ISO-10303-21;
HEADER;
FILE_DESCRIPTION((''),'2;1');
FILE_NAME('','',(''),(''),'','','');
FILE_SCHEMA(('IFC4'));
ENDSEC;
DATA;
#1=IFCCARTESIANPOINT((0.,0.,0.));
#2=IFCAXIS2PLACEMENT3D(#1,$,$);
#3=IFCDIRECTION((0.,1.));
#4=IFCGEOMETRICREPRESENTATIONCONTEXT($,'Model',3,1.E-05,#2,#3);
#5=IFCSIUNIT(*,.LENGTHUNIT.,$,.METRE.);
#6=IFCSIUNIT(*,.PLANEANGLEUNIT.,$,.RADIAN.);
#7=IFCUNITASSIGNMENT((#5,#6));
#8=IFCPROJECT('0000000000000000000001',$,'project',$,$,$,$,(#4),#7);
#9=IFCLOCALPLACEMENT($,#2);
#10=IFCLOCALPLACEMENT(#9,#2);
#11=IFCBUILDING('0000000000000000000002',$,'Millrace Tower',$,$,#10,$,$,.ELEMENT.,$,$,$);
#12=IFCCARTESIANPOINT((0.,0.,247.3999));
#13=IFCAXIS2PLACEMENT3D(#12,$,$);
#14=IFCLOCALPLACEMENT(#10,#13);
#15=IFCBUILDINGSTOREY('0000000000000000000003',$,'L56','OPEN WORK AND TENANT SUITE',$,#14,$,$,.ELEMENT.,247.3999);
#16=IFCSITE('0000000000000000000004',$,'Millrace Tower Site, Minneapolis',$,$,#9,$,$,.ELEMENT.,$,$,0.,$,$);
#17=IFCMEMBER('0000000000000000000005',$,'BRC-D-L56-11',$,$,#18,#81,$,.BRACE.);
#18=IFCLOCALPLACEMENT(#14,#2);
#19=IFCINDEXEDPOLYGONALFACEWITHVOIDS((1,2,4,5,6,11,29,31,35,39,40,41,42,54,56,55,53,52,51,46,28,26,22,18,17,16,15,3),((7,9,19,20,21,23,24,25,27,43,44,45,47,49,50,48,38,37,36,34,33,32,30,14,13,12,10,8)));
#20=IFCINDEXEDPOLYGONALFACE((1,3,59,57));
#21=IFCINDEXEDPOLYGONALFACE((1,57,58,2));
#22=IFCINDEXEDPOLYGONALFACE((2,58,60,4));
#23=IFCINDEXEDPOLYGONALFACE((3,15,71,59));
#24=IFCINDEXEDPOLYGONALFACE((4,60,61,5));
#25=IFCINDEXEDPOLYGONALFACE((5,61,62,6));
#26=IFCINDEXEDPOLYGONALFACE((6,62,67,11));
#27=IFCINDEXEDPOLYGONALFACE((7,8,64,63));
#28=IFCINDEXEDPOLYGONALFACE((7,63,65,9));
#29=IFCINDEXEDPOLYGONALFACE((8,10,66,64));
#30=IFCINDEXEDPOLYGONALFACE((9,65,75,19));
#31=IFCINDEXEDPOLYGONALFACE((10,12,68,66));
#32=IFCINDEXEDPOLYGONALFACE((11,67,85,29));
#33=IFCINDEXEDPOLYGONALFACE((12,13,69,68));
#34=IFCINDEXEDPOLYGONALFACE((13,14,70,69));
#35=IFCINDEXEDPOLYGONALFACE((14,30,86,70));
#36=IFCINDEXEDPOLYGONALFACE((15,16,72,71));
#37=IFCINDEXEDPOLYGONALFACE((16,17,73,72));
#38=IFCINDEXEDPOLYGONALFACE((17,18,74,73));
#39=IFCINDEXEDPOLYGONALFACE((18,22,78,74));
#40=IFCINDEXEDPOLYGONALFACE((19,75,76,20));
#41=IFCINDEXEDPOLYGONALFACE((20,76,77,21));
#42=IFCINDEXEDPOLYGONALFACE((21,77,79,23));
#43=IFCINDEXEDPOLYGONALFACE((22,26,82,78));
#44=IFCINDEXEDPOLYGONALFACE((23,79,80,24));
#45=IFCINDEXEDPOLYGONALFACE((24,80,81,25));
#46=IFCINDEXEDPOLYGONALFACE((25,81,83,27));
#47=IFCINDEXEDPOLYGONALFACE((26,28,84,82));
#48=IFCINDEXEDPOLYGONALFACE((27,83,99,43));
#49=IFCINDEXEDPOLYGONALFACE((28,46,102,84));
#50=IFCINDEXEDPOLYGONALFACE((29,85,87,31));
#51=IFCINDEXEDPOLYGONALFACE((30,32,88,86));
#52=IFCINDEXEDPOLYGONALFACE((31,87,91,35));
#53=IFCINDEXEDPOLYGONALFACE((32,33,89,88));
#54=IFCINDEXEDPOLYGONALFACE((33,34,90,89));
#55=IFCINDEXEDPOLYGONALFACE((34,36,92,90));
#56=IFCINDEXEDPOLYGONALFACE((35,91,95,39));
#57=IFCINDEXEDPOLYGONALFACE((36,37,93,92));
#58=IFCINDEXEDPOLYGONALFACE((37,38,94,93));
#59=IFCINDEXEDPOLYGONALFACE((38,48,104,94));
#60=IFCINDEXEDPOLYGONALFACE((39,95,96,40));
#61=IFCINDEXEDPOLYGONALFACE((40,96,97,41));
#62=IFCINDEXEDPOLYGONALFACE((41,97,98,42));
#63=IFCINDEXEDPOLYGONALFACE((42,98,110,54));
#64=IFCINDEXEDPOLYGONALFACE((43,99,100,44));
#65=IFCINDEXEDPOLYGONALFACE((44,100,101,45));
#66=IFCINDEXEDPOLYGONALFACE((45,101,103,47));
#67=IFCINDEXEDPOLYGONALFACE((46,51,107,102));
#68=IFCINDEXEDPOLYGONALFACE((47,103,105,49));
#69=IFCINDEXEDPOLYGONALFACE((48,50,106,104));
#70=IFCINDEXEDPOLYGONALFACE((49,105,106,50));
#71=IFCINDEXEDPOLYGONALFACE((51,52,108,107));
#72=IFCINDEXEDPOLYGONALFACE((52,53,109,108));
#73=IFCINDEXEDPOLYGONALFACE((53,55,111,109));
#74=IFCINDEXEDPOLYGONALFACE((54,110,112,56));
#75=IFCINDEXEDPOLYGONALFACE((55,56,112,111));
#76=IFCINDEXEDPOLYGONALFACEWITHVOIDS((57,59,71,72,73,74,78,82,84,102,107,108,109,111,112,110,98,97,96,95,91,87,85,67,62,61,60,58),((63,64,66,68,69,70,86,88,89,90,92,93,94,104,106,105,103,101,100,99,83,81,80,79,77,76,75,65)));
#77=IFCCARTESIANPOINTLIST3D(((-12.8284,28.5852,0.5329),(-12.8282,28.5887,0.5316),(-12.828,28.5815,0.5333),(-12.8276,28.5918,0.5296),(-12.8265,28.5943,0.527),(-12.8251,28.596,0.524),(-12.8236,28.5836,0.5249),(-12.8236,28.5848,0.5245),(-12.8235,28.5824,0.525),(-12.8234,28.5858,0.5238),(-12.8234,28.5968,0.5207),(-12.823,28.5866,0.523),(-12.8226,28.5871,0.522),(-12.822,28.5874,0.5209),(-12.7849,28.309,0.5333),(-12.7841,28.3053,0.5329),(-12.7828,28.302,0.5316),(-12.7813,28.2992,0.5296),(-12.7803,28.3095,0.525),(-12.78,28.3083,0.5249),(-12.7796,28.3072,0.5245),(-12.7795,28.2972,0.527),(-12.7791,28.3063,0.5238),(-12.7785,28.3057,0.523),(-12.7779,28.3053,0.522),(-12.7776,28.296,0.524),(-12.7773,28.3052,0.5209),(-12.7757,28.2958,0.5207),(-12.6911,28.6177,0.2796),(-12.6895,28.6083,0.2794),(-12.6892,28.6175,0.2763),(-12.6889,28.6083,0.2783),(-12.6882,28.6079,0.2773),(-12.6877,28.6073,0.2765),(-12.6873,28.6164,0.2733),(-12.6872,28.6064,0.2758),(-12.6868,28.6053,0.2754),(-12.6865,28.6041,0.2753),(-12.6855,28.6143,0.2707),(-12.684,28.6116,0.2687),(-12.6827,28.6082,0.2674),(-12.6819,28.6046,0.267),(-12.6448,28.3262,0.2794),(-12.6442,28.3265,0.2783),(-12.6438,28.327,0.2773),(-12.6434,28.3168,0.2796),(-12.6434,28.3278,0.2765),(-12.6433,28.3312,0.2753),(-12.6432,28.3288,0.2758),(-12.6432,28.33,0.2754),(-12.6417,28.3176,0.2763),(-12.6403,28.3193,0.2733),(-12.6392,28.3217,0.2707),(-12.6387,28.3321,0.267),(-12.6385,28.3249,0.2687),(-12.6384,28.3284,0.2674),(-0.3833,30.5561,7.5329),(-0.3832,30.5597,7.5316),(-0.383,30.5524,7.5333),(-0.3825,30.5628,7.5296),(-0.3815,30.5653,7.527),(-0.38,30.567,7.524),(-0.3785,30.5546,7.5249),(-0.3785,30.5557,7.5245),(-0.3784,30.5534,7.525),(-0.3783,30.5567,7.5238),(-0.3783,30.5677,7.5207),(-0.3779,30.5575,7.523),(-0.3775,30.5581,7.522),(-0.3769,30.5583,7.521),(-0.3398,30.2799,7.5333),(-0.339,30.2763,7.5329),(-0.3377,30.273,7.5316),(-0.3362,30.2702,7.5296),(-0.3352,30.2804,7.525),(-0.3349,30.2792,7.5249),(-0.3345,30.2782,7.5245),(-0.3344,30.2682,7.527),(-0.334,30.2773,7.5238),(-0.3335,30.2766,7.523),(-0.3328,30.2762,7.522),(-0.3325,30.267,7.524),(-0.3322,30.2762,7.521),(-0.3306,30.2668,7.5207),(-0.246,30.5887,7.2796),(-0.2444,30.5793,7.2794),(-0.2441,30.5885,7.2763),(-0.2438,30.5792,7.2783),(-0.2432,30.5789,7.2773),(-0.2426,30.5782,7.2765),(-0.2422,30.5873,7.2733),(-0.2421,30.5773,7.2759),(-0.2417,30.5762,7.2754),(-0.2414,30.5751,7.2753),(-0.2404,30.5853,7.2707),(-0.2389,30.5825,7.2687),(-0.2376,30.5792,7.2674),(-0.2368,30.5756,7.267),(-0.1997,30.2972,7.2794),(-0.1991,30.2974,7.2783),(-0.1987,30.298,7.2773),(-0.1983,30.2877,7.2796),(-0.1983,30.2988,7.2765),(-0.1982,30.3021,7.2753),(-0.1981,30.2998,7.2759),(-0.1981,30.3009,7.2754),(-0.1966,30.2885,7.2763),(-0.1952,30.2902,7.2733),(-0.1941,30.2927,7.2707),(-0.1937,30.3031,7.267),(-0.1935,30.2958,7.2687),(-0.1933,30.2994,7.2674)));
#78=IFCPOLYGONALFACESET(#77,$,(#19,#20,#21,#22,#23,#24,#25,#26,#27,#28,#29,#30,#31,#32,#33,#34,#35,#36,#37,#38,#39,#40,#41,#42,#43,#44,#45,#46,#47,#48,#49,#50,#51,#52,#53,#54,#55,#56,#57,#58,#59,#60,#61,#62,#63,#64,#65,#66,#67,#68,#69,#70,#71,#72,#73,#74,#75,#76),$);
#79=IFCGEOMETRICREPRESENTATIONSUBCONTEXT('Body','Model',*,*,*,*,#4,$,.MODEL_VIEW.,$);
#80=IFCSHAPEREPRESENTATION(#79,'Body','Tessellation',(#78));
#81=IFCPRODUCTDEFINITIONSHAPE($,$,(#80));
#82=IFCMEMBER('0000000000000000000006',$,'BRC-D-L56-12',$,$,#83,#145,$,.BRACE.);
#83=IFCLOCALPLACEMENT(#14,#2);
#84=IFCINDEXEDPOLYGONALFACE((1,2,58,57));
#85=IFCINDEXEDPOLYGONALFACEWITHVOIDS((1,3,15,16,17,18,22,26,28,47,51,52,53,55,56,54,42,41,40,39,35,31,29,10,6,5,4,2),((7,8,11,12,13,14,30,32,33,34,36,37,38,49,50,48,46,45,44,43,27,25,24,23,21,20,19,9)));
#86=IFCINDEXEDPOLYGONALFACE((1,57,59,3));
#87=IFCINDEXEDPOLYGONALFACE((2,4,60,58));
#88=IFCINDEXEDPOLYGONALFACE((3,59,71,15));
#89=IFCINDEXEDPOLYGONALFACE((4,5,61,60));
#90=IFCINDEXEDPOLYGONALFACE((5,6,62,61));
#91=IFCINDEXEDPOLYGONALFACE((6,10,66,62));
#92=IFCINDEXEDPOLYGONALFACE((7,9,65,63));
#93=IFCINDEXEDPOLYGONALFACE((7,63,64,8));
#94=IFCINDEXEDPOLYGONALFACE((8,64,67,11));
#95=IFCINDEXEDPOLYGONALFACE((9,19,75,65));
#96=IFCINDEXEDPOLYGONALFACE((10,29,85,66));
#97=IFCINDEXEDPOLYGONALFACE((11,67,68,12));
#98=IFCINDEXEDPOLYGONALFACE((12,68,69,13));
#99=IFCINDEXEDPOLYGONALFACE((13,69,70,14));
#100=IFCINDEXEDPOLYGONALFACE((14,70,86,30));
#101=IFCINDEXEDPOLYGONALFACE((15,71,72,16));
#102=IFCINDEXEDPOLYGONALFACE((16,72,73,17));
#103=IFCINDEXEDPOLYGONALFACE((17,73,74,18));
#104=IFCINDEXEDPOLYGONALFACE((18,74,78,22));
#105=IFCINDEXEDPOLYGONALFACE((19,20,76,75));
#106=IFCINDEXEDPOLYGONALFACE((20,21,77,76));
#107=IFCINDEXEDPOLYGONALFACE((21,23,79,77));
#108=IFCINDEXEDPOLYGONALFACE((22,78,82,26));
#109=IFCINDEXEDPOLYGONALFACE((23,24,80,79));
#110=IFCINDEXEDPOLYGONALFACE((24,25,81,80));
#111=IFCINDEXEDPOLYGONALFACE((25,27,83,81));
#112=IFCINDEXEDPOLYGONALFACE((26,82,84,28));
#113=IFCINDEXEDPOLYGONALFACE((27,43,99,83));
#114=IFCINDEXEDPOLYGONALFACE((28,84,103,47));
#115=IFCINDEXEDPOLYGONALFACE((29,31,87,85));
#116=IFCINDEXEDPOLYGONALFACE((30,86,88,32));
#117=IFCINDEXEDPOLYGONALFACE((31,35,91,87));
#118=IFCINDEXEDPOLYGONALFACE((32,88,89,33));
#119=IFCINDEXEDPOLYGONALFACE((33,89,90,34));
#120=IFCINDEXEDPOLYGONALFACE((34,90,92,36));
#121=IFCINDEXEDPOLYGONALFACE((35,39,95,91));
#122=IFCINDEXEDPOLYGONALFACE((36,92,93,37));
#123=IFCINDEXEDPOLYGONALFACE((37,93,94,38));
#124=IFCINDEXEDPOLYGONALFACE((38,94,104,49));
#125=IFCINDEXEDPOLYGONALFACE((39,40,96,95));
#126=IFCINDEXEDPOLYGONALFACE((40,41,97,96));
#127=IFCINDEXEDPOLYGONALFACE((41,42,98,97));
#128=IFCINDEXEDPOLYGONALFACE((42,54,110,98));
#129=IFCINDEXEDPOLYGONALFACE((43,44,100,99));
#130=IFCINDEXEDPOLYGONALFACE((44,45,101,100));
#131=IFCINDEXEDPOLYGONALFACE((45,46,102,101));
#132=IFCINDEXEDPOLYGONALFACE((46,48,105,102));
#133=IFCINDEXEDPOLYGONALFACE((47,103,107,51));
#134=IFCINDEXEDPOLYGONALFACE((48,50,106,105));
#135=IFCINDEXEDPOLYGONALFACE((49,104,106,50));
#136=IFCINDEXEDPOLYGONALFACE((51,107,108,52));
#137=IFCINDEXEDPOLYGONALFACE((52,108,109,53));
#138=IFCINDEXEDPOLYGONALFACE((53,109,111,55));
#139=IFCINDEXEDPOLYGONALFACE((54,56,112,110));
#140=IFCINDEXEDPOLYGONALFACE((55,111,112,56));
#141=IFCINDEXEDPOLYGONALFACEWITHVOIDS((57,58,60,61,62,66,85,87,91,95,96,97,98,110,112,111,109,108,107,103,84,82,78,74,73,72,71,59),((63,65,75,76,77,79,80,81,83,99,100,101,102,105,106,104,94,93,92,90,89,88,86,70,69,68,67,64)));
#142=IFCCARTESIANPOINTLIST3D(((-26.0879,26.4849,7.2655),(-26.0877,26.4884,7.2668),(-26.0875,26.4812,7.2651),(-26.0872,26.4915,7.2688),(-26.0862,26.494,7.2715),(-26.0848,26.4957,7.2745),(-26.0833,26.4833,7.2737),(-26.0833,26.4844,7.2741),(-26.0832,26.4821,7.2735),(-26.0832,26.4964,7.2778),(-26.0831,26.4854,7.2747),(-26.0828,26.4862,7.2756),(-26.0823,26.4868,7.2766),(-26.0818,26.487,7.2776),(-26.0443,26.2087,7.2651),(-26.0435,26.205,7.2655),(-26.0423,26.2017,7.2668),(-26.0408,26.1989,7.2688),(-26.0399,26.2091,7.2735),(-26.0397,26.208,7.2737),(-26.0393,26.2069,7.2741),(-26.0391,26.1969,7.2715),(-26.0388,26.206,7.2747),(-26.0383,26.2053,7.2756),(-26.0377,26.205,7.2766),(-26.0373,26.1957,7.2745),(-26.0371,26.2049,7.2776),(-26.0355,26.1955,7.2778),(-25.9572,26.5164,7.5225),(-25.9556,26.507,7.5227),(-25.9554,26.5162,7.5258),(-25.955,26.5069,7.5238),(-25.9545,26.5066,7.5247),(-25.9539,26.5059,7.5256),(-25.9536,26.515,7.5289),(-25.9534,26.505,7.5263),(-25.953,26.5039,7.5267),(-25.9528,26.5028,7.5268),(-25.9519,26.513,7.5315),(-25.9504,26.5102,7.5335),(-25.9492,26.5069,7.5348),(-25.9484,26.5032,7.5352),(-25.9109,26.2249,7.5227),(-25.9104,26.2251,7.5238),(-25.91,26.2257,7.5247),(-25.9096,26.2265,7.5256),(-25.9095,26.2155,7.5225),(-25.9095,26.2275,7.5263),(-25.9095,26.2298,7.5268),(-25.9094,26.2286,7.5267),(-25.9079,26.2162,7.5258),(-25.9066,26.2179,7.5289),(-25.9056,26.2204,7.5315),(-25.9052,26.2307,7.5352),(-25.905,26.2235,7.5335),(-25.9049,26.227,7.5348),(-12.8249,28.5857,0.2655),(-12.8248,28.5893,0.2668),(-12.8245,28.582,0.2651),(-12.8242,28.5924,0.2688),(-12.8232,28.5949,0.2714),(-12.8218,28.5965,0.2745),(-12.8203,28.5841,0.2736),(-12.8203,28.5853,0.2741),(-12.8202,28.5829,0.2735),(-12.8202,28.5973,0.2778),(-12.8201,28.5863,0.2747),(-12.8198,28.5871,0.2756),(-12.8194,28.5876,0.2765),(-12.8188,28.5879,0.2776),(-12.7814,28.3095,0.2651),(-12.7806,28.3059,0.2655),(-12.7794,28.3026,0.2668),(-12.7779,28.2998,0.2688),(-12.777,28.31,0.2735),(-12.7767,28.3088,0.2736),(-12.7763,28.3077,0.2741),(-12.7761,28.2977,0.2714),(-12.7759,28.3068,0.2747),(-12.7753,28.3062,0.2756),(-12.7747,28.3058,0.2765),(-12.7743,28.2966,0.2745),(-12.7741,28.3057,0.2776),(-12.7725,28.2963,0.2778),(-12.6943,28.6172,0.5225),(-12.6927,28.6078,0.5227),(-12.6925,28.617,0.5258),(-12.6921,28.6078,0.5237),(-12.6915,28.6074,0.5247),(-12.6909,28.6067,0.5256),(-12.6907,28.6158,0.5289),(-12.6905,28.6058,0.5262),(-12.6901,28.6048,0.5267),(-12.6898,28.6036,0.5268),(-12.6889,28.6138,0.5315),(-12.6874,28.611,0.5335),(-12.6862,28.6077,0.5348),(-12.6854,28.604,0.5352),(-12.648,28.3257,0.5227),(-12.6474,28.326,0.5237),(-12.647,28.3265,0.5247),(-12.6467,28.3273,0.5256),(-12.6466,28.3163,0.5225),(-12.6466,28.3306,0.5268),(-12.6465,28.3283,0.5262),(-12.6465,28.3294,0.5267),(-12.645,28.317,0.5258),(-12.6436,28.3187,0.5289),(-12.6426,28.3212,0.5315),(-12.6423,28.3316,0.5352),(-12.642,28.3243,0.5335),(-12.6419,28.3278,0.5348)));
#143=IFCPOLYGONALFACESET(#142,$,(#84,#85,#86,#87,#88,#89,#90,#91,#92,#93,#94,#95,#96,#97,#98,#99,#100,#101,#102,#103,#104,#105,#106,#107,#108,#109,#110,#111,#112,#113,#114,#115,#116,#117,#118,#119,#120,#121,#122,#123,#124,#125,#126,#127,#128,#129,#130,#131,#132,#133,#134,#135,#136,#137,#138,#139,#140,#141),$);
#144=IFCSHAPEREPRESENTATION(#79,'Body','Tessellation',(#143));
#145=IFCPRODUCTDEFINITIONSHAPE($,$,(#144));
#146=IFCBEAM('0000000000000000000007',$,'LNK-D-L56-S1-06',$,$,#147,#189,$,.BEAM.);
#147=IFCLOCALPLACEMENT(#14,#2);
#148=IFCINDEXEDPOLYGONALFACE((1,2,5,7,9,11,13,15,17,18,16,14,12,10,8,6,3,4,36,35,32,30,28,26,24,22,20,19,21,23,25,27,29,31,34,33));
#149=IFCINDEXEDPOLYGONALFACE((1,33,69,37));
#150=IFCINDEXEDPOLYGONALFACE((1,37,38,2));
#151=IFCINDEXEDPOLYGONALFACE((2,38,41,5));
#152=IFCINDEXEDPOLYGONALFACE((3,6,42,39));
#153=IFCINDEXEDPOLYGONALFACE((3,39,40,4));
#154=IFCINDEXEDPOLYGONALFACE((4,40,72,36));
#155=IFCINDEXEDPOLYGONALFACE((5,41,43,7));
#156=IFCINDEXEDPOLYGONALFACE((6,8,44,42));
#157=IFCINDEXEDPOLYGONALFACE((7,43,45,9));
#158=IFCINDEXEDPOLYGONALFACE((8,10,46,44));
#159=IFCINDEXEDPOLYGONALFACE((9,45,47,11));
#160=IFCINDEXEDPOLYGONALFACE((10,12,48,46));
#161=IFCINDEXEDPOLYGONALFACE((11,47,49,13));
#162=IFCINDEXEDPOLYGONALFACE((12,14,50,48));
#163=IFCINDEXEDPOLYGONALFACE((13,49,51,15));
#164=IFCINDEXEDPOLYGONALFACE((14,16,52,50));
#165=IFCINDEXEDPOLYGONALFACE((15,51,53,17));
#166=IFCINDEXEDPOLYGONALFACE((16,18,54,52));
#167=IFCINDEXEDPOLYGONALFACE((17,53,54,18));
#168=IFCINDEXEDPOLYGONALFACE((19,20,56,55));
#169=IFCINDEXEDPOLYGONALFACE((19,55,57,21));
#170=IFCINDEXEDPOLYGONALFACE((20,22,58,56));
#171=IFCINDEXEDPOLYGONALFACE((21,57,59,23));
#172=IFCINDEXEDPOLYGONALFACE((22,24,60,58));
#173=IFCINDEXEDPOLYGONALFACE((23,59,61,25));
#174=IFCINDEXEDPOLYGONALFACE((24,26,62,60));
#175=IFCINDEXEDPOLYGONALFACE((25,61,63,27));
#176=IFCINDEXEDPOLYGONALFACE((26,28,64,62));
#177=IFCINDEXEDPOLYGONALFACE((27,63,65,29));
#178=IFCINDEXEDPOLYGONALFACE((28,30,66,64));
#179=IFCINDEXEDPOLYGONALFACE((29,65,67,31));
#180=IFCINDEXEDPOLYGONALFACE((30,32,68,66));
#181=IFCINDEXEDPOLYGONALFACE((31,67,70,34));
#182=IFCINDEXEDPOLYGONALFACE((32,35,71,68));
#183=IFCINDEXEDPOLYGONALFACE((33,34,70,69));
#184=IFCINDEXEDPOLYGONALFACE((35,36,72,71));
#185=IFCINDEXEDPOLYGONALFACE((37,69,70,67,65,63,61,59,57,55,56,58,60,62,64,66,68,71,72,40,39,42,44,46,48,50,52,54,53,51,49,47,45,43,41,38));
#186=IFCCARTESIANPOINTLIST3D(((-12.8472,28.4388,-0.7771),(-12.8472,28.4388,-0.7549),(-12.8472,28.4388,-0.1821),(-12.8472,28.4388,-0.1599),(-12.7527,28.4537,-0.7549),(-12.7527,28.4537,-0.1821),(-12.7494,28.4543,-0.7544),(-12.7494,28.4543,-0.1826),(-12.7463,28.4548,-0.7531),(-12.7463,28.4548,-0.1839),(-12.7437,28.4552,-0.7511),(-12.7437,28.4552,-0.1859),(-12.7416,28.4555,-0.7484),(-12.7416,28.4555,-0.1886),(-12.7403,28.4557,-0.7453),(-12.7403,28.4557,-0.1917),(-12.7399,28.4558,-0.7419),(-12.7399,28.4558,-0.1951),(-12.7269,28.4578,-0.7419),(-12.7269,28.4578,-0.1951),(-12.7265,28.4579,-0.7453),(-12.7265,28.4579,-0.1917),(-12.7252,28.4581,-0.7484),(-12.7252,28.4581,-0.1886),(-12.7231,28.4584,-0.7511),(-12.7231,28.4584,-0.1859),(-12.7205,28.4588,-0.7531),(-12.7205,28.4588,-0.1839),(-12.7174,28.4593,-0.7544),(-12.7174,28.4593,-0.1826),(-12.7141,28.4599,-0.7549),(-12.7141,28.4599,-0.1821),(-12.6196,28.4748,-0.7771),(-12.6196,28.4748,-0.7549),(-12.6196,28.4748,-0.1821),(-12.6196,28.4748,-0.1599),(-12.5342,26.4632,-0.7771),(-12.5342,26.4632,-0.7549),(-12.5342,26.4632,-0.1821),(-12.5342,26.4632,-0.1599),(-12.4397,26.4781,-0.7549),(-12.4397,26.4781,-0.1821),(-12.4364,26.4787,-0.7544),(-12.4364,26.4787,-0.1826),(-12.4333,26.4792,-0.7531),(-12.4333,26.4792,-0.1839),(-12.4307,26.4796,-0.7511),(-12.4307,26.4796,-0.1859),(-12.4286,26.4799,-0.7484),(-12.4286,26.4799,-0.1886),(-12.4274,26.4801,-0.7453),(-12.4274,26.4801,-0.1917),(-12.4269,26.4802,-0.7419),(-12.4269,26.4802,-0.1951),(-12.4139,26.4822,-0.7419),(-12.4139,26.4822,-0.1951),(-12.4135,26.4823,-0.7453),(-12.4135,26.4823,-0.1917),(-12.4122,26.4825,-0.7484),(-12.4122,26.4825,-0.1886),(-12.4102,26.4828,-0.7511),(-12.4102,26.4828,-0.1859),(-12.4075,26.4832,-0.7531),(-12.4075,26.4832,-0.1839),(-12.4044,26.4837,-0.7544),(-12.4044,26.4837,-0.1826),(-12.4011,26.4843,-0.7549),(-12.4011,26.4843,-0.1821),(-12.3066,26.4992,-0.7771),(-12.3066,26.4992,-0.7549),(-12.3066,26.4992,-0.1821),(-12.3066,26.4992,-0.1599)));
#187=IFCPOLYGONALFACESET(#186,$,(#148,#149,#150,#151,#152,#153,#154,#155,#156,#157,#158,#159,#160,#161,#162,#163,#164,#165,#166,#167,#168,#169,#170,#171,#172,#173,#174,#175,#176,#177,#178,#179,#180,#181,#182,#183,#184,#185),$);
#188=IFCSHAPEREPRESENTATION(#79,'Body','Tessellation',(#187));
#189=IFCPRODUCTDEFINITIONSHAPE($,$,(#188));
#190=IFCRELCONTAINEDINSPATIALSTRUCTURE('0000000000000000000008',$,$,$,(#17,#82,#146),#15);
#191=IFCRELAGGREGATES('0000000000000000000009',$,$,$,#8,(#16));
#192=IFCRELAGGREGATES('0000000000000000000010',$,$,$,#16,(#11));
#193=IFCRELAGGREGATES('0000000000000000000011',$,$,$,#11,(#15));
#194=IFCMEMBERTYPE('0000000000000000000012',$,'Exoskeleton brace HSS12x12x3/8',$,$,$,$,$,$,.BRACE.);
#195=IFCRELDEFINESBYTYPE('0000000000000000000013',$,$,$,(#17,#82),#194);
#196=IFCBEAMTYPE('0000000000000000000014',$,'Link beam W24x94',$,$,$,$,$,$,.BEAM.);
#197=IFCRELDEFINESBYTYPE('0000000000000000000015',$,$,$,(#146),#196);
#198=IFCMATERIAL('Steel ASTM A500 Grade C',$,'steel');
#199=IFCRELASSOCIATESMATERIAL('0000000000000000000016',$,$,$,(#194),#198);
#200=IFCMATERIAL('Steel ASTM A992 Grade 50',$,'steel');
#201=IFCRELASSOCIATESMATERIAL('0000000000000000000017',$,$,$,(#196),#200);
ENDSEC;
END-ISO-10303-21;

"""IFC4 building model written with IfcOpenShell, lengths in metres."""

from ifc_helpers import new_model, si_unit, direction, frame, origin, origin_2d, place, context, subcontext, project, spatial, hollow_rectangle, i_section, extrude, material, material_profile, profile_set, type_object, element, save


model = new_model("IFC4")

# Units and contexts
model_context = context("Model", 3, precision=1e-05, world=origin(), true_north=direction((0.0, 1.0)))
body_context = subcontext(model_context, "Body", "Model", "MODEL_VIEW")
ifc_project = project(units=[si_unit("LENGTHUNIT", "METRE"), si_unit("PLANEANGLEUNIT", "RADIAN")], contexts=[model_context])

# Site, building, storey
site_placement = place(None, origin())
site = spatial("IfcSite", under=ifc_project, at=site_placement, Name="Millrace Tower Site, Minneapolis", CompositionType="ELEMENT", RefElevation=0.0)
building_placement = place(site_placement, origin())
building = spatial("IfcBuilding", under=site, at=building_placement, Name="Millrace Tower", CompositionType="ELEMENT")
storey_placement = place(building_placement, frame((0.0, 0.0, 247.3999)))
storey = spatial("IfcBuildingStorey", under=building, at=storey_placement, Name="L56", Description="OPEN WORK AND TENANT SUITE", CompositionType="ELEMENT", Elevation=247.3999)

# Members
ifc_material_1 = material(Name="Steel ASTM A500 Grade C", Category="steel")
ifc_material_profile_1 = material_profile(ifc_material_1, hollow_rectangle(XDim=0.3047, YDim=0.3047, WallThickness=0.0095, InnerFilletRadius=0.0046, OuterFilletRadius=0.0144, at=origin_2d()))
ifc_profile_set_1 = profile_set([ifc_material_profile_1], Name="Steel ASTM A500 Grade C")
member_type_1 = type_object("IfcMemberType", Name="Exoskeleton brace HSS12x12x3/8", PredefinedType="BRACE", material=ifc_profile_set_1)
member_1_placement = place(storey_placement, frame((-12.7334, 28.4568, 0.4001), z_axis=(0.863399, 0.136738, 0.485638), x_axis=(-0.156422, 0.98769, 0.0)))
element("IfcMember", 1, at=member_1_placement, inside=storey, type_object=member_type_1, Name="BRC-D-L56-11", PredefinedType="BRACE", context=body_context, shape_type="SweptSolid", body=[
    extrude(hollow_rectangle(XDim=0.3047, YDim=0.3047, WallThickness=0.0095, InnerFilletRadius=0.0046, OuterFilletRadius=0.0144, at=origin_2d()), origin(), (0.0, 0.0, 1.0), 14.4141),
])
member_2_placement = place(storey_placement, frame((-12.7334, 28.4568, 0.4001), z_axis=(-0.87583, -0.13873, 0.462251), x_axis=(0.156448, -0.987686, 0.0)))
element("IfcMember", 2, at=member_2_placement, inside=storey, type_object=member_type_1, Name="BRC-D-L56-12", PredefinedType="BRACE", context=body_context, shape_type="SweptSolid", body=[
    extrude(hollow_rectangle(XDim=0.3047, YDim=0.3047, WallThickness=0.0095, InnerFilletRadius=0.0046, OuterFilletRadius=0.0144, at=origin_2d()), origin(), (0.0, 0.0, 1.0), 15.1433),
])

# Beam
ifc_material_2 = material(Name="Steel ASTM A992 Grade 50", Category="steel")
ifc_material_profile_2 = material_profile(ifc_material_2, i_section(OverallWidth=0.2305, OverallDepth=0.6172, WebThickness=0.0132, FlangeThickness=0.0222, FilletRadius=0.0129, at=origin_2d()))
ifc_profile_set_2 = profile_set([ifc_material_profile_2], Name="Steel ASTM A992 Grade 50")
beam_type_1 = type_object("IfcBeamType", Name="Link beam W24x94", PredefinedType="BEAM", material=ifc_profile_set_2)
beam_1_placement = place(storey_placement, frame((-12.4204, 26.4812, -0.4685), z_axis=(-0.156477, 0.987682, 0.0), x_axis=(-0.987682, -0.156477, 0.0)))
element("IfcBeam", 3, at=beam_1_placement, inside=storey, type_object=beam_type_1, Name="LNK-D-L56-S1-06", PredefinedType="BEAM", context=body_context, shape_type="SweptSolid", body=[
    extrude(i_section(OverallWidth=0.2305, OverallDepth=0.6172, WebThickness=0.0132, FlangeThickness=0.0222, FilletRadius=0.0129, at=origin_2d()), origin(), (0.0, 0.0, 1.0), 2.0002),
])

save(model, "model.ifc")
